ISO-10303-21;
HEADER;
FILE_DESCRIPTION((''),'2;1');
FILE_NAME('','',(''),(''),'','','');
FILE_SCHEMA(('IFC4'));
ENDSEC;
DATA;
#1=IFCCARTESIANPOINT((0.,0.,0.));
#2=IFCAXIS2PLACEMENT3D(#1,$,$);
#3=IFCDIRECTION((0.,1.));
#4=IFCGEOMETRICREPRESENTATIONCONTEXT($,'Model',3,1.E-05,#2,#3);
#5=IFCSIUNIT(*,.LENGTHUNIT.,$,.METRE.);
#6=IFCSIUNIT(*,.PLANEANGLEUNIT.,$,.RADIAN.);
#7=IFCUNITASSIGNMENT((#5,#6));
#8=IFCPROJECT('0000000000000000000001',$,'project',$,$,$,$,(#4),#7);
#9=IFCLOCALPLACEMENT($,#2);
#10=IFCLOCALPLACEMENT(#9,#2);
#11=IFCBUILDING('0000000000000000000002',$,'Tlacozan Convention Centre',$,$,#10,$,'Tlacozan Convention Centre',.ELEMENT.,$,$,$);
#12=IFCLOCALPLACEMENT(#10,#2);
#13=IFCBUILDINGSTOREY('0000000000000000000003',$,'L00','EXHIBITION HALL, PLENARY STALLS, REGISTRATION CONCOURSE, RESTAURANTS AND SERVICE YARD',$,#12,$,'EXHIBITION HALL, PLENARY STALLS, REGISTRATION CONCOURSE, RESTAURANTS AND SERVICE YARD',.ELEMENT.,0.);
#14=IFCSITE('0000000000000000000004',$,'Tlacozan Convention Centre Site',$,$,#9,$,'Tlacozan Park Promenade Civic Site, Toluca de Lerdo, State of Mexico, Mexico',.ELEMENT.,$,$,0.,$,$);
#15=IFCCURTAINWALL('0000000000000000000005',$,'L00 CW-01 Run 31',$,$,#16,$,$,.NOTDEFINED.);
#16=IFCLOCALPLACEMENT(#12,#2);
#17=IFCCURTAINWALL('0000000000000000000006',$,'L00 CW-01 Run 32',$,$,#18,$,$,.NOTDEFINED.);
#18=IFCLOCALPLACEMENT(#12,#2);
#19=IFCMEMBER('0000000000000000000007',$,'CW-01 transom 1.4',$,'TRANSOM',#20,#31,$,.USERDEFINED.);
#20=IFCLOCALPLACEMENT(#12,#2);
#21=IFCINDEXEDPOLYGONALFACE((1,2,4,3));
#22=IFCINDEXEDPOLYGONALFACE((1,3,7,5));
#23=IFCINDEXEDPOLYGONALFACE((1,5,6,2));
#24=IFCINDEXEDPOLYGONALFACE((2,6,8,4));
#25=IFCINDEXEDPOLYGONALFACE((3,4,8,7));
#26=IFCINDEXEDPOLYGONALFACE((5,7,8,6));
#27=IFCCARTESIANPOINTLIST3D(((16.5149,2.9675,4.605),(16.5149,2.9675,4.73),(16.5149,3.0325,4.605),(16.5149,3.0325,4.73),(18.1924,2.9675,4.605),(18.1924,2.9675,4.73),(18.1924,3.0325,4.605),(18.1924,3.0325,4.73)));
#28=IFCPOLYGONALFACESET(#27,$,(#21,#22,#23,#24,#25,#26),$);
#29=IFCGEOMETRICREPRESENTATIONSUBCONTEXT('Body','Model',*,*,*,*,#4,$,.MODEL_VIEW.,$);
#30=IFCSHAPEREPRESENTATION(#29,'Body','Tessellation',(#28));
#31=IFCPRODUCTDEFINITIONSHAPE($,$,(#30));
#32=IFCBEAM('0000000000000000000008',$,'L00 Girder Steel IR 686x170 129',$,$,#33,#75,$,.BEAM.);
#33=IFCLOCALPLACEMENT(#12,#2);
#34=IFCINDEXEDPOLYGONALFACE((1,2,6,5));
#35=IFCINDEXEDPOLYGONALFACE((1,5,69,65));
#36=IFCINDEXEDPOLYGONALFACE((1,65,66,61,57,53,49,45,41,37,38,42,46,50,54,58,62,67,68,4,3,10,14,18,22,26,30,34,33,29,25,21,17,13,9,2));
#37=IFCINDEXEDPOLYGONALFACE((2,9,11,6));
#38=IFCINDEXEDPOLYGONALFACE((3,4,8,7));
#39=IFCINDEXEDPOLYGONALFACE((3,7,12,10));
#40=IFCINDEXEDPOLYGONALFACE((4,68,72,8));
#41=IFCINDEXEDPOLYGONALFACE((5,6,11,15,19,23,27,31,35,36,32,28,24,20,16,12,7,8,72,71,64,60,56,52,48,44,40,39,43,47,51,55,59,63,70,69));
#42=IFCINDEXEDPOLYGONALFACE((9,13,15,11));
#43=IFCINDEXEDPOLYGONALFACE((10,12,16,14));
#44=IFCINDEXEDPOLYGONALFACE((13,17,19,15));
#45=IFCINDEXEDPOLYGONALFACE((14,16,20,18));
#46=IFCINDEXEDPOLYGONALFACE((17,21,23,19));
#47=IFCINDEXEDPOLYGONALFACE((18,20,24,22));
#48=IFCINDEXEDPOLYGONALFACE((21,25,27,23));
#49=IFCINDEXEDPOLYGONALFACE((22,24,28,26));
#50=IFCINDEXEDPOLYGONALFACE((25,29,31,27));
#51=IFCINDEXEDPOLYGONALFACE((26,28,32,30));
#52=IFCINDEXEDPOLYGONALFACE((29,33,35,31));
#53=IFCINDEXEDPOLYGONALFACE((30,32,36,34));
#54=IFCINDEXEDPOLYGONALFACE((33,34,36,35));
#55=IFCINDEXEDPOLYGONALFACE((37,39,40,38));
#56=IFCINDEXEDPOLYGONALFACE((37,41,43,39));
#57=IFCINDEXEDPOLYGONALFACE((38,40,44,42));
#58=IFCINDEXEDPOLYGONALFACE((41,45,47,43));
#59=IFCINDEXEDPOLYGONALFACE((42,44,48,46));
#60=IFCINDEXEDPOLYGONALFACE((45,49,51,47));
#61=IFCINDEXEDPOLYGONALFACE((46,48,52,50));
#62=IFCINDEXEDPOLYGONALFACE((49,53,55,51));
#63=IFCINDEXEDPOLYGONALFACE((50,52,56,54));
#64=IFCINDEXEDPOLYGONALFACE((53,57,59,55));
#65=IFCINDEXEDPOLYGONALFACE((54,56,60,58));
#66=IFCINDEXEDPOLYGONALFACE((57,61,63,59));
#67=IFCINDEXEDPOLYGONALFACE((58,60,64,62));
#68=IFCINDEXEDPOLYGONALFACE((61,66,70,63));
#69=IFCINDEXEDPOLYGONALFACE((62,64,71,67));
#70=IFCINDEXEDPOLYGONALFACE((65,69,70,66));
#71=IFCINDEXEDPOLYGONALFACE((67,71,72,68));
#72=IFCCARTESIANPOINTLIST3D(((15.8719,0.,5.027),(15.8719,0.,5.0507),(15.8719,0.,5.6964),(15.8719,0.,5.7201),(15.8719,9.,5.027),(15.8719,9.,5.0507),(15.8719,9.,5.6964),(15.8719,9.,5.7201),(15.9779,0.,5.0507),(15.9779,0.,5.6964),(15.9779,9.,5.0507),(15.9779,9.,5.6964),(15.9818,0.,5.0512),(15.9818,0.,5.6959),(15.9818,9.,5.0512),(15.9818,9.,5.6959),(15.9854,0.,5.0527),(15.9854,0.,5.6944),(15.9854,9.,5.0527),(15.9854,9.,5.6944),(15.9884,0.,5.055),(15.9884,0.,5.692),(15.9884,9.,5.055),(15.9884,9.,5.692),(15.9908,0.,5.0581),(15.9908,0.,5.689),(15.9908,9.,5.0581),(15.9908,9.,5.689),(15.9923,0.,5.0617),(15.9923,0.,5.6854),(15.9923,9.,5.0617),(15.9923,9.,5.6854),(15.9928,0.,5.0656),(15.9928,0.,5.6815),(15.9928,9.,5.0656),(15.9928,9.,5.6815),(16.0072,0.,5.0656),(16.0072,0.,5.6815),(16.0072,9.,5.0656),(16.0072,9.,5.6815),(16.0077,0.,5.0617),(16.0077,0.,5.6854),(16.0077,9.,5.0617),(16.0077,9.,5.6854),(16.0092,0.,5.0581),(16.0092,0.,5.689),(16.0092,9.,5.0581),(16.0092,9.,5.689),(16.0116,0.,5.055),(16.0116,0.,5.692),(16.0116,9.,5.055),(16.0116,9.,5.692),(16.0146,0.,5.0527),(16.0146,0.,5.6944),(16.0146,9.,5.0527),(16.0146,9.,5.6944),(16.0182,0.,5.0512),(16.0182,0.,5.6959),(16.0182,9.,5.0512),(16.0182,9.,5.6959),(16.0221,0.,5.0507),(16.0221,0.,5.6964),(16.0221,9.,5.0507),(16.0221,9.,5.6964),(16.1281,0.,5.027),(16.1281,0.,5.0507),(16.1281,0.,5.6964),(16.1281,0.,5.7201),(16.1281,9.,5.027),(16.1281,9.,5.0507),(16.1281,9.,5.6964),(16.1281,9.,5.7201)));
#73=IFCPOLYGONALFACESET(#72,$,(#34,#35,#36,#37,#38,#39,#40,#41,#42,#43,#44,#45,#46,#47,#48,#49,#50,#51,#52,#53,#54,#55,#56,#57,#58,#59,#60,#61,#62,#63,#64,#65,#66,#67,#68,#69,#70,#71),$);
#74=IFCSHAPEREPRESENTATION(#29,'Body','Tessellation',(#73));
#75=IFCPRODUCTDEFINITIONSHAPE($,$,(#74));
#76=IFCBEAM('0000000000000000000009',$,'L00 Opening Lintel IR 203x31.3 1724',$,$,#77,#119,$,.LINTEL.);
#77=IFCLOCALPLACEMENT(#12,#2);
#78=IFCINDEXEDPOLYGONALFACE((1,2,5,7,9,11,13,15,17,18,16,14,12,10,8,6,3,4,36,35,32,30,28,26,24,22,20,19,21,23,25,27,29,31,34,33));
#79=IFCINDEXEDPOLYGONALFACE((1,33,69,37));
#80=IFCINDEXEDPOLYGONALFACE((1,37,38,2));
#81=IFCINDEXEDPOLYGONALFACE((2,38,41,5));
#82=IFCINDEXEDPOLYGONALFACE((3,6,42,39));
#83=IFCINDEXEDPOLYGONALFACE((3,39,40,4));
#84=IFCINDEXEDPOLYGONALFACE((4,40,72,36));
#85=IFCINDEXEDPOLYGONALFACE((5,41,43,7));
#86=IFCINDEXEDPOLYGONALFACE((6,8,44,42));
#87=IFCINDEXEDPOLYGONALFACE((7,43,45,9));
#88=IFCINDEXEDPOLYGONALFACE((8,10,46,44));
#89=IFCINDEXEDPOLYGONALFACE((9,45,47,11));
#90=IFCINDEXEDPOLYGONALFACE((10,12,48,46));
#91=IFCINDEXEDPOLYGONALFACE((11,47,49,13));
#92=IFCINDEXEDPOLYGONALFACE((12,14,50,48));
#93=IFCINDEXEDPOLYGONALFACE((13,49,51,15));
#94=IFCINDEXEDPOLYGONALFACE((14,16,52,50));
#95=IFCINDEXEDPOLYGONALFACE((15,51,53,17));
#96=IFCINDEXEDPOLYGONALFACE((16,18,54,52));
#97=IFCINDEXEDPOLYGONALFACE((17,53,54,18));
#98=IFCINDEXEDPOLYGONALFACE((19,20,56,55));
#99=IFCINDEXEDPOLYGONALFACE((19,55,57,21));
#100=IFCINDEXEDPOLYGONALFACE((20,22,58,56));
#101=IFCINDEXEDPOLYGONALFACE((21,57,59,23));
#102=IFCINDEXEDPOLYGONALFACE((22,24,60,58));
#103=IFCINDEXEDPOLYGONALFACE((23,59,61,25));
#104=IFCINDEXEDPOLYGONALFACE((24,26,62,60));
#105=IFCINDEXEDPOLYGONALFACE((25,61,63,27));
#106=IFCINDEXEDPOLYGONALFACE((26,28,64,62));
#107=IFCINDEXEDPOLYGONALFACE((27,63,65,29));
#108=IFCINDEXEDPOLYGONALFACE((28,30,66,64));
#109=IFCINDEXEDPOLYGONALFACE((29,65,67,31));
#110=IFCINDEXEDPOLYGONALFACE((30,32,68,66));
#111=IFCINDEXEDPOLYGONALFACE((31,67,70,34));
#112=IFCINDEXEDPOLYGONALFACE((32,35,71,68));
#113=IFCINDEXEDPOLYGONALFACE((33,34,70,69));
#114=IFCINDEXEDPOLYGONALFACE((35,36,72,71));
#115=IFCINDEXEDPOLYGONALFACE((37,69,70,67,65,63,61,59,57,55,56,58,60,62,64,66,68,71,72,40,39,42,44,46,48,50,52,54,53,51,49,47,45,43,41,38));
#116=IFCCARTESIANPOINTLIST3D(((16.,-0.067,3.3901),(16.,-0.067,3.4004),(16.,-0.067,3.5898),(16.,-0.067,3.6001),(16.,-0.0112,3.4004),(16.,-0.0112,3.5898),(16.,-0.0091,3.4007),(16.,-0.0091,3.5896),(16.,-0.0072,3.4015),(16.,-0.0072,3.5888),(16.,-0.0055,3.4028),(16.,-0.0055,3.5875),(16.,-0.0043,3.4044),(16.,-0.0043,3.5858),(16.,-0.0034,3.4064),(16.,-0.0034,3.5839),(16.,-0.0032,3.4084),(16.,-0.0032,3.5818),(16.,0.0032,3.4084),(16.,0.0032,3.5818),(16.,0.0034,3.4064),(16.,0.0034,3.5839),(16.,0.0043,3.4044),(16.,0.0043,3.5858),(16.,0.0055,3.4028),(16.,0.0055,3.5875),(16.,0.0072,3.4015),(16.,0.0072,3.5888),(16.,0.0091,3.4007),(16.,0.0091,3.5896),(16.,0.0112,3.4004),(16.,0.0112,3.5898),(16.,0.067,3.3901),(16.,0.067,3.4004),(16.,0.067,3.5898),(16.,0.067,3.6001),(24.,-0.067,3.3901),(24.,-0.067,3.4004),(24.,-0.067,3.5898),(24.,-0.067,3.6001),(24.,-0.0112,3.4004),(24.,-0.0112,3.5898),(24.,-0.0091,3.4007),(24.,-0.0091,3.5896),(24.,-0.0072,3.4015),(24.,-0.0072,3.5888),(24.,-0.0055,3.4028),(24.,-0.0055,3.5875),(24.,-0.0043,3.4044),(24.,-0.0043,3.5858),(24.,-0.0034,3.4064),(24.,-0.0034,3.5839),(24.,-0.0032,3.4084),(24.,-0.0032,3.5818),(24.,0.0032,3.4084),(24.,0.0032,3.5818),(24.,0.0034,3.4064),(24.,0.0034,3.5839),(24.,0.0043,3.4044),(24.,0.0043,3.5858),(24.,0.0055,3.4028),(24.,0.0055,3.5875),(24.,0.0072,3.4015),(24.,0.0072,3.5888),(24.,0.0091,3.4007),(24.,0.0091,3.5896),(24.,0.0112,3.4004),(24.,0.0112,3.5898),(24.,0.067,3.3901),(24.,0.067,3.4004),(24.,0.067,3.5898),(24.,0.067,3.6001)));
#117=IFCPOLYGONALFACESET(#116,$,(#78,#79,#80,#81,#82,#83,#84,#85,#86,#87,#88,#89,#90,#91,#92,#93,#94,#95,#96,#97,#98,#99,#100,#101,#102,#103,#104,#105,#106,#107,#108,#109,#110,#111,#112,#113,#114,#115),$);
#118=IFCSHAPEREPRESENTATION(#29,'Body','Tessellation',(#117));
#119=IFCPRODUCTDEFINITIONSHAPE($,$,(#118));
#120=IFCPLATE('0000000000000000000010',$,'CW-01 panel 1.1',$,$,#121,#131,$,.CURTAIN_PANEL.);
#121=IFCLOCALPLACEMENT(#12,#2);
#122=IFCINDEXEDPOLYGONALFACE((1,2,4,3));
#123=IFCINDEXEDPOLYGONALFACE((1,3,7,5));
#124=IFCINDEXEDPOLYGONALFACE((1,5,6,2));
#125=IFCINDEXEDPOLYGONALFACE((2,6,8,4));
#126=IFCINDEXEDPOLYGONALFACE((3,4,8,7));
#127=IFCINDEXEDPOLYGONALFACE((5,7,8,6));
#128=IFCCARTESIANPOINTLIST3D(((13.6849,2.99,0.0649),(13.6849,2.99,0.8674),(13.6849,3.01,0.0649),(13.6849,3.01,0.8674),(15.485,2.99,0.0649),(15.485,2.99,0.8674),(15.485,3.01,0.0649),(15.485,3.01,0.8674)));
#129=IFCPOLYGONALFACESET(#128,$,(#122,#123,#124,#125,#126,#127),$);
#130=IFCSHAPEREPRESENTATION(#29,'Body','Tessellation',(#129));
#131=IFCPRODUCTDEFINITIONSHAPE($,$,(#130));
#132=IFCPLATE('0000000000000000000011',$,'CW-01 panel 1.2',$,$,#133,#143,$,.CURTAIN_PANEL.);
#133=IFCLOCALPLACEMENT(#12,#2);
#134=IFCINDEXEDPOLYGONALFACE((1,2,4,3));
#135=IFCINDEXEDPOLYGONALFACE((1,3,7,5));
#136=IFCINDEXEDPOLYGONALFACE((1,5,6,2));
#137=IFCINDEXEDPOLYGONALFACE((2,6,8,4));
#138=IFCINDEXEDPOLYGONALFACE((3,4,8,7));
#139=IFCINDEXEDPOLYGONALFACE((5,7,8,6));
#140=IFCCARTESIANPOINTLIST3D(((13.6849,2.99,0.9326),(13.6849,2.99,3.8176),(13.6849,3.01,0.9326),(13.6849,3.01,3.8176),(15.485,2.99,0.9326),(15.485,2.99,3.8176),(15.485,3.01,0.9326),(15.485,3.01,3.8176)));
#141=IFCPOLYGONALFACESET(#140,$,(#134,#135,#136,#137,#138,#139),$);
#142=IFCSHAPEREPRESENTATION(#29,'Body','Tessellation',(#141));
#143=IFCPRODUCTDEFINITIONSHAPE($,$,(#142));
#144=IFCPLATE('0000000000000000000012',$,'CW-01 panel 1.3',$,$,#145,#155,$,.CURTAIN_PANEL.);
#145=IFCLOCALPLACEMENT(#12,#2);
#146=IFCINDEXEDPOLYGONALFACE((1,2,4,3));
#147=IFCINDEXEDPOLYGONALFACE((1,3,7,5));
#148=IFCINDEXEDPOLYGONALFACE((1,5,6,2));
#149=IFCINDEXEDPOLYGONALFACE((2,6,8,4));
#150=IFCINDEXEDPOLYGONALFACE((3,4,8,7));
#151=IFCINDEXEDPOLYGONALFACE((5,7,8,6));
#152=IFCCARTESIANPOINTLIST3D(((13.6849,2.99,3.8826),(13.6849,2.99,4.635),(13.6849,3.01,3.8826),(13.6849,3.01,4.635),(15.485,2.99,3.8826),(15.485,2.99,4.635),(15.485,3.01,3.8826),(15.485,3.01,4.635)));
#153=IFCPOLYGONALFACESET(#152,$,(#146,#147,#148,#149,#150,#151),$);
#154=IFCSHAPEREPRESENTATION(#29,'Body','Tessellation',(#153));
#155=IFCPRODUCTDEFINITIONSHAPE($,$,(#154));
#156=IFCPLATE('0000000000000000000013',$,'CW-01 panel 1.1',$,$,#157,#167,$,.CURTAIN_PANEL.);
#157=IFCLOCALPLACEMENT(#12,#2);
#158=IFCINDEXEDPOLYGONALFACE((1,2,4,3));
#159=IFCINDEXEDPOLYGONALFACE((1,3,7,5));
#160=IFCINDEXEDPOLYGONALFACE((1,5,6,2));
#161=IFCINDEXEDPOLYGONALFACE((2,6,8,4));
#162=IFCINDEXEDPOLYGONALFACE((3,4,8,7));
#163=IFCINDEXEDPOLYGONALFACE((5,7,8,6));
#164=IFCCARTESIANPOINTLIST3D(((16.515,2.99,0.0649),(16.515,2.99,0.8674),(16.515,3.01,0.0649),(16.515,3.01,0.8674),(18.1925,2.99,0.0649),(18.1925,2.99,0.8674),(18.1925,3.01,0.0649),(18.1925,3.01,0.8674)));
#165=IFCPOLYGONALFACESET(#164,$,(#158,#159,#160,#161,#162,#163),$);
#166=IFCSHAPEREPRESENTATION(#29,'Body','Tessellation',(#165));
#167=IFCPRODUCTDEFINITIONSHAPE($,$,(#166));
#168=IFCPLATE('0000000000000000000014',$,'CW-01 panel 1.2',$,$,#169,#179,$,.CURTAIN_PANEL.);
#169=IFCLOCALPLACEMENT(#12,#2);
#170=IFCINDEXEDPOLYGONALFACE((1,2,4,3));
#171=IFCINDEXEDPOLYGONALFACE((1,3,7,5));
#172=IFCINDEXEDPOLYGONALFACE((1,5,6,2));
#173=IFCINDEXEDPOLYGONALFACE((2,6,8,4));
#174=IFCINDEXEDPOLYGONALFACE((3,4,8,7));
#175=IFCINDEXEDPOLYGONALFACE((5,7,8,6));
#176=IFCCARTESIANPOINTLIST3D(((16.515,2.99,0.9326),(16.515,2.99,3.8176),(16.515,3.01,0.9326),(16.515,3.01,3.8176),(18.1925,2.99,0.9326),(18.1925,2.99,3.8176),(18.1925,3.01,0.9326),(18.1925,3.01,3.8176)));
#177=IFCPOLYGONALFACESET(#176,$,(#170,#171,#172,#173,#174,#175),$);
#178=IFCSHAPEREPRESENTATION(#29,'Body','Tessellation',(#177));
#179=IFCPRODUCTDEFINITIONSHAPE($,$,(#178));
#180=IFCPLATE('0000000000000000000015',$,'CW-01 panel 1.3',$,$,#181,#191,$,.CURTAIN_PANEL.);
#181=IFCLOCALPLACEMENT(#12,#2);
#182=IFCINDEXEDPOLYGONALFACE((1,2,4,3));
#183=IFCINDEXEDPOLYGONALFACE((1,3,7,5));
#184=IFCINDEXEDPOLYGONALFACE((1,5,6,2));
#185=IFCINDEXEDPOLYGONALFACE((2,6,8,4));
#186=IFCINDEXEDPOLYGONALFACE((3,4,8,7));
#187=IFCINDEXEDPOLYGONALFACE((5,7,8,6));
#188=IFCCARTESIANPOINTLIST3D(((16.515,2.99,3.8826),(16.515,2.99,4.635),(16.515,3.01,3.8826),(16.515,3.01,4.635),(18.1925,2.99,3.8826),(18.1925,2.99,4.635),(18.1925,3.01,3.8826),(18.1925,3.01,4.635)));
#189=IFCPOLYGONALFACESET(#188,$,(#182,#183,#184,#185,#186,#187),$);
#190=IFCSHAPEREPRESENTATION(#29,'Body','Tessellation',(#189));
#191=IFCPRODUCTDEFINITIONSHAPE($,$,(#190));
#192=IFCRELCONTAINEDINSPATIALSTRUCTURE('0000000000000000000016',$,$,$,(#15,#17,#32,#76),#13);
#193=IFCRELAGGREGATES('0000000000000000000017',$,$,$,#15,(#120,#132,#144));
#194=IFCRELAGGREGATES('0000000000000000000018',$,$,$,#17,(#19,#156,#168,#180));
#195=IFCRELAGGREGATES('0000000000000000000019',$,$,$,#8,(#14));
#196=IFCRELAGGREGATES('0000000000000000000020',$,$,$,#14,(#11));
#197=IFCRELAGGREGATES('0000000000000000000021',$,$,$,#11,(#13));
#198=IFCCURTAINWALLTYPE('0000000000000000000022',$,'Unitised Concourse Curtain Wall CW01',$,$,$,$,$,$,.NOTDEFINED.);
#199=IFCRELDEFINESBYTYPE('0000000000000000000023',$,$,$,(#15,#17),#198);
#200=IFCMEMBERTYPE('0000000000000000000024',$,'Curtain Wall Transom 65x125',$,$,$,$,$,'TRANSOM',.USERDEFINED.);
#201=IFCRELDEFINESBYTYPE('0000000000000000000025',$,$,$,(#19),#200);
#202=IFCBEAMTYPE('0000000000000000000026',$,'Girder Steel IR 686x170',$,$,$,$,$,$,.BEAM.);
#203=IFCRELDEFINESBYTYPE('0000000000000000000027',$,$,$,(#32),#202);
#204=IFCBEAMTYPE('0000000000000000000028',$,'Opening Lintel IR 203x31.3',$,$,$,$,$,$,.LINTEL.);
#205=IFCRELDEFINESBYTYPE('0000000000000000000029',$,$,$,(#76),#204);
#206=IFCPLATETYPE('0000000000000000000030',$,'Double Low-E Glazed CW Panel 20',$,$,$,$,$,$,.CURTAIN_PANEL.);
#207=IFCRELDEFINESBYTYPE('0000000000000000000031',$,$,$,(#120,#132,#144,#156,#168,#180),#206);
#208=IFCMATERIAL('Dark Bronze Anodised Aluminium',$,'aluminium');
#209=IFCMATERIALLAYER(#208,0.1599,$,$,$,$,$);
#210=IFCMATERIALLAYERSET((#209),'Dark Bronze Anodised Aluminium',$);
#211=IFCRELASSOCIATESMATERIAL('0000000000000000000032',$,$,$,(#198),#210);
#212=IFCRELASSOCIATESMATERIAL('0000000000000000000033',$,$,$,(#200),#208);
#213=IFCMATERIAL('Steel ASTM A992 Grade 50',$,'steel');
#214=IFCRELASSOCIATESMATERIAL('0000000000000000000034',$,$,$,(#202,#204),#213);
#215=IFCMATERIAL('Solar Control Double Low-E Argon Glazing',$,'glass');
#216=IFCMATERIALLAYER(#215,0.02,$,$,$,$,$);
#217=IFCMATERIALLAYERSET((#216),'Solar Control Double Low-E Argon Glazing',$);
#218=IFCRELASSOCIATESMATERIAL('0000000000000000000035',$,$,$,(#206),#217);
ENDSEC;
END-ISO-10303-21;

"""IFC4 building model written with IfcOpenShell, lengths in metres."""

from ifc_helpers import new_model, si_unit, direction, frame, origin, origin_2d, place, context, subcontext, project, spatial, rectangle, i_section, extrude, material, layer, layer_set, material_profile, profile_set, type_object, element, aggregate, save


model = new_model("IFC4")

# Units and contexts
model_context = context("Model", 3, precision=1e-05, world=origin(), true_north=direction((0.0, 1.0)))
body_context = subcontext(model_context, "Body", "Model", "MODEL_VIEW")
ifc_project = project(units=[si_unit("LENGTHUNIT", "METRE"), si_unit("PLANEANGLEUNIT", "RADIAN")], contexts=[model_context])

# Site, building, storey
site_placement = place(None, origin())
site = spatial("IfcSite", under=ifc_project, at=site_placement, Name="Tlacozan Convention Centre Site", LongName="Tlacozan Park Promenade Civic Site, Toluca de Lerdo, State of Mexico, Mexico", CompositionType="ELEMENT", RefElevation=0.0)
building_placement = place(site_placement, origin())
building = spatial("IfcBuilding", under=site, at=building_placement, Name="Tlacozan Convention Centre", LongName="Tlacozan Convention Centre", CompositionType="ELEMENT")
storey_placement = place(building_placement, origin())
storey = spatial("IfcBuildingStorey", under=building, at=storey_placement, Name="L00", Description="EXHIBITION HALL, PLENARY STALLS, REGISTRATION CONCOURSE, RESTAURANTS AND SERVICE YARD", LongName="EXHIBITION HALL, PLENARY STALLS, REGISTRATION CONCOURSE, RESTAURANTS AND SERVICE YARD", CompositionType="ELEMENT", Elevation=0.0)

# Curtain walls
ifc_material_1 = material(Name="Dark Bronze Anodised Aluminium", Category="aluminium")
ifc_layer_1 = layer(ifc_material_1, 0.1599)
ifc_layer_set_1 = layer_set([ifc_layer_1], Name="Dark Bronze Anodised Aluminium")
curtain_wall_type = type_object("IfcCurtainWallType", Name="Unitised Concourse Curtain Wall CW01", PredefinedType="NOTDEFINED", material=ifc_layer_set_1)
curtain_wall_1_placement = place(storey_placement, origin())
curtain_wall_1 = element("IfcCurtainWall", 1, at=curtain_wall_1_placement, inside=storey, type_object=curtain_wall_type, Name="L00 CW-01 Run 31", PredefinedType="NOTDEFINED")
curtain_wall_2_placement = place(storey_placement, origin())
curtain_wall_2 = element("IfcCurtainWall", 2, at=curtain_wall_2_placement, inside=storey, type_object=curtain_wall_type, Name="L00 CW-01 Run 32", PredefinedType="NOTDEFINED")

# Member
ifc_material_profile_1 = material_profile(ifc_material_1, rectangle(XDim=0.0649, YDim=0.125, at=origin_2d()), Name="ALU 65x125")
ifc_profile_set_1 = profile_set([ifc_material_profile_1], Name="Dark Bronze Anodised Aluminium")
member_type_1 = type_object("IfcMemberType", Name="Curtain Wall Transom 65x125", ElementType="TRANSOM", PredefinedType="USERDEFINED", material=ifc_profile_set_1)
member_1_placement = place(storey_placement, frame((16.5149, 3.0, 4.6675), z_axis=(1.0, 0.0, 0.0), x_axis=(0.0, 1.0, 0.0)))
member_1 = element("IfcMember", 3, at=member_1_placement, type_object=member_type_1, Name="CW-01 transom 1.4", ObjectType="TRANSOM", PredefinedType="USERDEFINED", context=body_context, shape_type="SweptSolid", body=[
    extrude(rectangle(XDim=0.0649, YDim=0.125, at=origin_2d()), origin(), (0.0, 0.0, 1.0), 1.6775),
])

# Beams
ifc_material_2 = material(Name="Steel ASTM A992 Grade 50", Category="steel")
ifc_material_profile_2 = material_profile(ifc_material_2, i_section(OverallWidth=0.2561, OverallDepth=0.6931, WebThickness=0.0144, FlangeThickness=0.0237, FilletRadius=0.0149, at=origin_2d()), Name="IR 686x170.0")
ifc_profile_set_2 = profile_set([ifc_material_profile_2], Name="Steel ASTM A992 Grade 50")
beam_type_1 = type_object("IfcBeamType", Name="Girder Steel IR 686x170", PredefinedType="BEAM", material=ifc_profile_set_2)
beam_1_placement = place(storey_placement, frame((16.0, 0.0, 5.3735), z_axis=(0.0, 1.0, 0.0), x_axis=(-1.0, 0.0, 0.0)))
element("IfcBeam", 4, at=beam_1_placement, inside=storey, type_object=beam_type_1, Name="L00 Girder Steel IR 686x170 129", PredefinedType="BEAM", context=body_context, shape_type="SweptSolid", body=[
    extrude(i_section(OverallWidth=0.2561, OverallDepth=0.6931, WebThickness=0.0144, FlangeThickness=0.0237, FilletRadius=0.0149, at=origin_2d()), origin(), (0.0, 0.0, 1.0), 9.0),
])
ifc_material_profile_3 = material_profile(ifc_material_2, i_section(OverallWidth=0.134, OverallDepth=0.21, WebThickness=0.0063, FlangeThickness=0.0103, FilletRadius=0.0081, at=origin_2d()), Name="IR 203x31.3")
ifc_profile_set_3 = profile_set([ifc_material_profile_3], Name="Steel ASTM A992 Grade 50")
beam_type_2 = type_object("IfcBeamType", Name="Opening Lintel IR 203x31.3", PredefinedType="LINTEL", material=ifc_profile_set_3)
beam_2_placement = place(storey_placement, frame((16.0, 0.0, 3.4951), z_axis=(1.0, 0.0, 0.0), x_axis=(0.0, 1.0, 0.0)))
element("IfcBeam", 5, at=beam_2_placement, inside=storey, type_object=beam_type_2, Name="L00 Opening Lintel IR 203x31.3 1724", PredefinedType="LINTEL", context=body_context, shape_type="SweptSolid", body=[
    extrude(i_section(OverallWidth=0.134, OverallDepth=0.21, WebThickness=0.0063, FlangeThickness=0.0103, FilletRadius=0.0081, at=origin_2d()), origin(), (0.0, 0.0, 1.0), 8.0),
])

# Plates
ifc_material_3 = material(Name="Solar Control Double Low-E Argon Glazing", Category="glass")
ifc_layer_2 = layer(ifc_material_3, 0.02)
ifc_layer_set_2 = layer_set([ifc_layer_2], Name="Solar Control Double Low-E Argon Glazing")
plate_type = type_object("IfcPlateType", Name="Double Low-E Glazed CW Panel 20", PredefinedType="CURTAIN_PANEL", material=ifc_layer_set_2)
plate_1_placement = place(storey_placement, frame((14.585, 3.0, 0.0649), z_axis=(0.0, 0.0, 1.0), x_axis=(1.0, 0.0, 0.0)))
plate_1 = element("IfcPlate", 6, at=plate_1_placement, type_object=plate_type, Name="CW-01 panel 1.1", PredefinedType="CURTAIN_PANEL", context=body_context, shape_type="SweptSolid", body=[
    extrude(rectangle(XDim=1.8, YDim=0.02, at=origin_2d()), origin(), (0.0, 0.0, 1.0), 0.8025),
])
plate_2_placement = place(storey_placement, frame((14.585, 3.0, 0.9326), z_axis=(0.0, 0.0, 1.0), x_axis=(1.0, 0.0, 0.0)))
plate_2 = element("IfcPlate", 7, at=plate_2_placement, type_object=plate_type, Name="CW-01 panel 1.2", PredefinedType="CURTAIN_PANEL", context=body_context, shape_type="SweptSolid", body=[
    extrude(rectangle(XDim=1.8, YDim=0.02, at=origin_2d()), origin(), (0.0, 0.0, 1.0), 2.885),
])
plate_3_placement = place(storey_placement, frame((14.585, 3.0, 3.8826), z_axis=(0.0, 0.0, 1.0), x_axis=(1.0, 0.0, 0.0)))
plate_3 = element("IfcPlate", 8, at=plate_3_placement, type_object=plate_type, Name="CW-01 panel 1.3", PredefinedType="CURTAIN_PANEL", context=body_context, shape_type="SweptSolid", body=[
    extrude(rectangle(XDim=1.8, YDim=0.02, at=origin_2d()), origin(), (0.0, 0.0, 1.0), 0.7524),
])
aggregate(curtain_wall_1, [plate_1, plate_2, plate_3])
plate_4_placement = place(storey_placement, frame((17.3538, 3.0, 0.0649), z_axis=(0.0, 0.0, 1.0), x_axis=(1.0, 0.0, 0.0)))
plate_4 = element("IfcPlate", 9, at=plate_4_placement, type_object=plate_type, Name="CW-01 panel 1.1", PredefinedType="CURTAIN_PANEL", context=body_context, shape_type="SweptSolid", body=[
    extrude(rectangle(XDim=1.6775, YDim=0.02, at=origin_2d()), origin(), (0.0, 0.0, 1.0), 0.8025),
])
plate_5_placement = place(storey_placement, frame((17.3538, 3.0, 0.9326), z_axis=(0.0, 0.0, 1.0), x_axis=(1.0, 0.0, 0.0)))
plate_5 = element("IfcPlate", 10, at=plate_5_placement, type_object=plate_type, Name="CW-01 panel 1.2", PredefinedType="CURTAIN_PANEL", context=body_context, shape_type="SweptSolid", body=[
    extrude(rectangle(XDim=1.6775, YDim=0.02, at=origin_2d()), origin(), (0.0, 0.0, 1.0), 2.885),
])
plate_6_placement = place(storey_placement, frame((17.3538, 3.0, 3.8826), z_axis=(0.0, 0.0, 1.0), x_axis=(1.0, 0.0, 0.0)))
plate_6 = element("IfcPlate", 11, at=plate_6_placement, type_object=plate_type, Name="CW-01 panel 1.3", PredefinedType="CURTAIN_PANEL", context=body_context, shape_type="SweptSolid", body=[
    extrude(rectangle(XDim=1.6775, YDim=0.02, at=origin_2d()), origin(), (0.0, 0.0, 1.0), 0.7524),
])
aggregate(curtain_wall_2, [member_1, plate_4, plate_5, plate_6])

save(model, "model.ifc")
